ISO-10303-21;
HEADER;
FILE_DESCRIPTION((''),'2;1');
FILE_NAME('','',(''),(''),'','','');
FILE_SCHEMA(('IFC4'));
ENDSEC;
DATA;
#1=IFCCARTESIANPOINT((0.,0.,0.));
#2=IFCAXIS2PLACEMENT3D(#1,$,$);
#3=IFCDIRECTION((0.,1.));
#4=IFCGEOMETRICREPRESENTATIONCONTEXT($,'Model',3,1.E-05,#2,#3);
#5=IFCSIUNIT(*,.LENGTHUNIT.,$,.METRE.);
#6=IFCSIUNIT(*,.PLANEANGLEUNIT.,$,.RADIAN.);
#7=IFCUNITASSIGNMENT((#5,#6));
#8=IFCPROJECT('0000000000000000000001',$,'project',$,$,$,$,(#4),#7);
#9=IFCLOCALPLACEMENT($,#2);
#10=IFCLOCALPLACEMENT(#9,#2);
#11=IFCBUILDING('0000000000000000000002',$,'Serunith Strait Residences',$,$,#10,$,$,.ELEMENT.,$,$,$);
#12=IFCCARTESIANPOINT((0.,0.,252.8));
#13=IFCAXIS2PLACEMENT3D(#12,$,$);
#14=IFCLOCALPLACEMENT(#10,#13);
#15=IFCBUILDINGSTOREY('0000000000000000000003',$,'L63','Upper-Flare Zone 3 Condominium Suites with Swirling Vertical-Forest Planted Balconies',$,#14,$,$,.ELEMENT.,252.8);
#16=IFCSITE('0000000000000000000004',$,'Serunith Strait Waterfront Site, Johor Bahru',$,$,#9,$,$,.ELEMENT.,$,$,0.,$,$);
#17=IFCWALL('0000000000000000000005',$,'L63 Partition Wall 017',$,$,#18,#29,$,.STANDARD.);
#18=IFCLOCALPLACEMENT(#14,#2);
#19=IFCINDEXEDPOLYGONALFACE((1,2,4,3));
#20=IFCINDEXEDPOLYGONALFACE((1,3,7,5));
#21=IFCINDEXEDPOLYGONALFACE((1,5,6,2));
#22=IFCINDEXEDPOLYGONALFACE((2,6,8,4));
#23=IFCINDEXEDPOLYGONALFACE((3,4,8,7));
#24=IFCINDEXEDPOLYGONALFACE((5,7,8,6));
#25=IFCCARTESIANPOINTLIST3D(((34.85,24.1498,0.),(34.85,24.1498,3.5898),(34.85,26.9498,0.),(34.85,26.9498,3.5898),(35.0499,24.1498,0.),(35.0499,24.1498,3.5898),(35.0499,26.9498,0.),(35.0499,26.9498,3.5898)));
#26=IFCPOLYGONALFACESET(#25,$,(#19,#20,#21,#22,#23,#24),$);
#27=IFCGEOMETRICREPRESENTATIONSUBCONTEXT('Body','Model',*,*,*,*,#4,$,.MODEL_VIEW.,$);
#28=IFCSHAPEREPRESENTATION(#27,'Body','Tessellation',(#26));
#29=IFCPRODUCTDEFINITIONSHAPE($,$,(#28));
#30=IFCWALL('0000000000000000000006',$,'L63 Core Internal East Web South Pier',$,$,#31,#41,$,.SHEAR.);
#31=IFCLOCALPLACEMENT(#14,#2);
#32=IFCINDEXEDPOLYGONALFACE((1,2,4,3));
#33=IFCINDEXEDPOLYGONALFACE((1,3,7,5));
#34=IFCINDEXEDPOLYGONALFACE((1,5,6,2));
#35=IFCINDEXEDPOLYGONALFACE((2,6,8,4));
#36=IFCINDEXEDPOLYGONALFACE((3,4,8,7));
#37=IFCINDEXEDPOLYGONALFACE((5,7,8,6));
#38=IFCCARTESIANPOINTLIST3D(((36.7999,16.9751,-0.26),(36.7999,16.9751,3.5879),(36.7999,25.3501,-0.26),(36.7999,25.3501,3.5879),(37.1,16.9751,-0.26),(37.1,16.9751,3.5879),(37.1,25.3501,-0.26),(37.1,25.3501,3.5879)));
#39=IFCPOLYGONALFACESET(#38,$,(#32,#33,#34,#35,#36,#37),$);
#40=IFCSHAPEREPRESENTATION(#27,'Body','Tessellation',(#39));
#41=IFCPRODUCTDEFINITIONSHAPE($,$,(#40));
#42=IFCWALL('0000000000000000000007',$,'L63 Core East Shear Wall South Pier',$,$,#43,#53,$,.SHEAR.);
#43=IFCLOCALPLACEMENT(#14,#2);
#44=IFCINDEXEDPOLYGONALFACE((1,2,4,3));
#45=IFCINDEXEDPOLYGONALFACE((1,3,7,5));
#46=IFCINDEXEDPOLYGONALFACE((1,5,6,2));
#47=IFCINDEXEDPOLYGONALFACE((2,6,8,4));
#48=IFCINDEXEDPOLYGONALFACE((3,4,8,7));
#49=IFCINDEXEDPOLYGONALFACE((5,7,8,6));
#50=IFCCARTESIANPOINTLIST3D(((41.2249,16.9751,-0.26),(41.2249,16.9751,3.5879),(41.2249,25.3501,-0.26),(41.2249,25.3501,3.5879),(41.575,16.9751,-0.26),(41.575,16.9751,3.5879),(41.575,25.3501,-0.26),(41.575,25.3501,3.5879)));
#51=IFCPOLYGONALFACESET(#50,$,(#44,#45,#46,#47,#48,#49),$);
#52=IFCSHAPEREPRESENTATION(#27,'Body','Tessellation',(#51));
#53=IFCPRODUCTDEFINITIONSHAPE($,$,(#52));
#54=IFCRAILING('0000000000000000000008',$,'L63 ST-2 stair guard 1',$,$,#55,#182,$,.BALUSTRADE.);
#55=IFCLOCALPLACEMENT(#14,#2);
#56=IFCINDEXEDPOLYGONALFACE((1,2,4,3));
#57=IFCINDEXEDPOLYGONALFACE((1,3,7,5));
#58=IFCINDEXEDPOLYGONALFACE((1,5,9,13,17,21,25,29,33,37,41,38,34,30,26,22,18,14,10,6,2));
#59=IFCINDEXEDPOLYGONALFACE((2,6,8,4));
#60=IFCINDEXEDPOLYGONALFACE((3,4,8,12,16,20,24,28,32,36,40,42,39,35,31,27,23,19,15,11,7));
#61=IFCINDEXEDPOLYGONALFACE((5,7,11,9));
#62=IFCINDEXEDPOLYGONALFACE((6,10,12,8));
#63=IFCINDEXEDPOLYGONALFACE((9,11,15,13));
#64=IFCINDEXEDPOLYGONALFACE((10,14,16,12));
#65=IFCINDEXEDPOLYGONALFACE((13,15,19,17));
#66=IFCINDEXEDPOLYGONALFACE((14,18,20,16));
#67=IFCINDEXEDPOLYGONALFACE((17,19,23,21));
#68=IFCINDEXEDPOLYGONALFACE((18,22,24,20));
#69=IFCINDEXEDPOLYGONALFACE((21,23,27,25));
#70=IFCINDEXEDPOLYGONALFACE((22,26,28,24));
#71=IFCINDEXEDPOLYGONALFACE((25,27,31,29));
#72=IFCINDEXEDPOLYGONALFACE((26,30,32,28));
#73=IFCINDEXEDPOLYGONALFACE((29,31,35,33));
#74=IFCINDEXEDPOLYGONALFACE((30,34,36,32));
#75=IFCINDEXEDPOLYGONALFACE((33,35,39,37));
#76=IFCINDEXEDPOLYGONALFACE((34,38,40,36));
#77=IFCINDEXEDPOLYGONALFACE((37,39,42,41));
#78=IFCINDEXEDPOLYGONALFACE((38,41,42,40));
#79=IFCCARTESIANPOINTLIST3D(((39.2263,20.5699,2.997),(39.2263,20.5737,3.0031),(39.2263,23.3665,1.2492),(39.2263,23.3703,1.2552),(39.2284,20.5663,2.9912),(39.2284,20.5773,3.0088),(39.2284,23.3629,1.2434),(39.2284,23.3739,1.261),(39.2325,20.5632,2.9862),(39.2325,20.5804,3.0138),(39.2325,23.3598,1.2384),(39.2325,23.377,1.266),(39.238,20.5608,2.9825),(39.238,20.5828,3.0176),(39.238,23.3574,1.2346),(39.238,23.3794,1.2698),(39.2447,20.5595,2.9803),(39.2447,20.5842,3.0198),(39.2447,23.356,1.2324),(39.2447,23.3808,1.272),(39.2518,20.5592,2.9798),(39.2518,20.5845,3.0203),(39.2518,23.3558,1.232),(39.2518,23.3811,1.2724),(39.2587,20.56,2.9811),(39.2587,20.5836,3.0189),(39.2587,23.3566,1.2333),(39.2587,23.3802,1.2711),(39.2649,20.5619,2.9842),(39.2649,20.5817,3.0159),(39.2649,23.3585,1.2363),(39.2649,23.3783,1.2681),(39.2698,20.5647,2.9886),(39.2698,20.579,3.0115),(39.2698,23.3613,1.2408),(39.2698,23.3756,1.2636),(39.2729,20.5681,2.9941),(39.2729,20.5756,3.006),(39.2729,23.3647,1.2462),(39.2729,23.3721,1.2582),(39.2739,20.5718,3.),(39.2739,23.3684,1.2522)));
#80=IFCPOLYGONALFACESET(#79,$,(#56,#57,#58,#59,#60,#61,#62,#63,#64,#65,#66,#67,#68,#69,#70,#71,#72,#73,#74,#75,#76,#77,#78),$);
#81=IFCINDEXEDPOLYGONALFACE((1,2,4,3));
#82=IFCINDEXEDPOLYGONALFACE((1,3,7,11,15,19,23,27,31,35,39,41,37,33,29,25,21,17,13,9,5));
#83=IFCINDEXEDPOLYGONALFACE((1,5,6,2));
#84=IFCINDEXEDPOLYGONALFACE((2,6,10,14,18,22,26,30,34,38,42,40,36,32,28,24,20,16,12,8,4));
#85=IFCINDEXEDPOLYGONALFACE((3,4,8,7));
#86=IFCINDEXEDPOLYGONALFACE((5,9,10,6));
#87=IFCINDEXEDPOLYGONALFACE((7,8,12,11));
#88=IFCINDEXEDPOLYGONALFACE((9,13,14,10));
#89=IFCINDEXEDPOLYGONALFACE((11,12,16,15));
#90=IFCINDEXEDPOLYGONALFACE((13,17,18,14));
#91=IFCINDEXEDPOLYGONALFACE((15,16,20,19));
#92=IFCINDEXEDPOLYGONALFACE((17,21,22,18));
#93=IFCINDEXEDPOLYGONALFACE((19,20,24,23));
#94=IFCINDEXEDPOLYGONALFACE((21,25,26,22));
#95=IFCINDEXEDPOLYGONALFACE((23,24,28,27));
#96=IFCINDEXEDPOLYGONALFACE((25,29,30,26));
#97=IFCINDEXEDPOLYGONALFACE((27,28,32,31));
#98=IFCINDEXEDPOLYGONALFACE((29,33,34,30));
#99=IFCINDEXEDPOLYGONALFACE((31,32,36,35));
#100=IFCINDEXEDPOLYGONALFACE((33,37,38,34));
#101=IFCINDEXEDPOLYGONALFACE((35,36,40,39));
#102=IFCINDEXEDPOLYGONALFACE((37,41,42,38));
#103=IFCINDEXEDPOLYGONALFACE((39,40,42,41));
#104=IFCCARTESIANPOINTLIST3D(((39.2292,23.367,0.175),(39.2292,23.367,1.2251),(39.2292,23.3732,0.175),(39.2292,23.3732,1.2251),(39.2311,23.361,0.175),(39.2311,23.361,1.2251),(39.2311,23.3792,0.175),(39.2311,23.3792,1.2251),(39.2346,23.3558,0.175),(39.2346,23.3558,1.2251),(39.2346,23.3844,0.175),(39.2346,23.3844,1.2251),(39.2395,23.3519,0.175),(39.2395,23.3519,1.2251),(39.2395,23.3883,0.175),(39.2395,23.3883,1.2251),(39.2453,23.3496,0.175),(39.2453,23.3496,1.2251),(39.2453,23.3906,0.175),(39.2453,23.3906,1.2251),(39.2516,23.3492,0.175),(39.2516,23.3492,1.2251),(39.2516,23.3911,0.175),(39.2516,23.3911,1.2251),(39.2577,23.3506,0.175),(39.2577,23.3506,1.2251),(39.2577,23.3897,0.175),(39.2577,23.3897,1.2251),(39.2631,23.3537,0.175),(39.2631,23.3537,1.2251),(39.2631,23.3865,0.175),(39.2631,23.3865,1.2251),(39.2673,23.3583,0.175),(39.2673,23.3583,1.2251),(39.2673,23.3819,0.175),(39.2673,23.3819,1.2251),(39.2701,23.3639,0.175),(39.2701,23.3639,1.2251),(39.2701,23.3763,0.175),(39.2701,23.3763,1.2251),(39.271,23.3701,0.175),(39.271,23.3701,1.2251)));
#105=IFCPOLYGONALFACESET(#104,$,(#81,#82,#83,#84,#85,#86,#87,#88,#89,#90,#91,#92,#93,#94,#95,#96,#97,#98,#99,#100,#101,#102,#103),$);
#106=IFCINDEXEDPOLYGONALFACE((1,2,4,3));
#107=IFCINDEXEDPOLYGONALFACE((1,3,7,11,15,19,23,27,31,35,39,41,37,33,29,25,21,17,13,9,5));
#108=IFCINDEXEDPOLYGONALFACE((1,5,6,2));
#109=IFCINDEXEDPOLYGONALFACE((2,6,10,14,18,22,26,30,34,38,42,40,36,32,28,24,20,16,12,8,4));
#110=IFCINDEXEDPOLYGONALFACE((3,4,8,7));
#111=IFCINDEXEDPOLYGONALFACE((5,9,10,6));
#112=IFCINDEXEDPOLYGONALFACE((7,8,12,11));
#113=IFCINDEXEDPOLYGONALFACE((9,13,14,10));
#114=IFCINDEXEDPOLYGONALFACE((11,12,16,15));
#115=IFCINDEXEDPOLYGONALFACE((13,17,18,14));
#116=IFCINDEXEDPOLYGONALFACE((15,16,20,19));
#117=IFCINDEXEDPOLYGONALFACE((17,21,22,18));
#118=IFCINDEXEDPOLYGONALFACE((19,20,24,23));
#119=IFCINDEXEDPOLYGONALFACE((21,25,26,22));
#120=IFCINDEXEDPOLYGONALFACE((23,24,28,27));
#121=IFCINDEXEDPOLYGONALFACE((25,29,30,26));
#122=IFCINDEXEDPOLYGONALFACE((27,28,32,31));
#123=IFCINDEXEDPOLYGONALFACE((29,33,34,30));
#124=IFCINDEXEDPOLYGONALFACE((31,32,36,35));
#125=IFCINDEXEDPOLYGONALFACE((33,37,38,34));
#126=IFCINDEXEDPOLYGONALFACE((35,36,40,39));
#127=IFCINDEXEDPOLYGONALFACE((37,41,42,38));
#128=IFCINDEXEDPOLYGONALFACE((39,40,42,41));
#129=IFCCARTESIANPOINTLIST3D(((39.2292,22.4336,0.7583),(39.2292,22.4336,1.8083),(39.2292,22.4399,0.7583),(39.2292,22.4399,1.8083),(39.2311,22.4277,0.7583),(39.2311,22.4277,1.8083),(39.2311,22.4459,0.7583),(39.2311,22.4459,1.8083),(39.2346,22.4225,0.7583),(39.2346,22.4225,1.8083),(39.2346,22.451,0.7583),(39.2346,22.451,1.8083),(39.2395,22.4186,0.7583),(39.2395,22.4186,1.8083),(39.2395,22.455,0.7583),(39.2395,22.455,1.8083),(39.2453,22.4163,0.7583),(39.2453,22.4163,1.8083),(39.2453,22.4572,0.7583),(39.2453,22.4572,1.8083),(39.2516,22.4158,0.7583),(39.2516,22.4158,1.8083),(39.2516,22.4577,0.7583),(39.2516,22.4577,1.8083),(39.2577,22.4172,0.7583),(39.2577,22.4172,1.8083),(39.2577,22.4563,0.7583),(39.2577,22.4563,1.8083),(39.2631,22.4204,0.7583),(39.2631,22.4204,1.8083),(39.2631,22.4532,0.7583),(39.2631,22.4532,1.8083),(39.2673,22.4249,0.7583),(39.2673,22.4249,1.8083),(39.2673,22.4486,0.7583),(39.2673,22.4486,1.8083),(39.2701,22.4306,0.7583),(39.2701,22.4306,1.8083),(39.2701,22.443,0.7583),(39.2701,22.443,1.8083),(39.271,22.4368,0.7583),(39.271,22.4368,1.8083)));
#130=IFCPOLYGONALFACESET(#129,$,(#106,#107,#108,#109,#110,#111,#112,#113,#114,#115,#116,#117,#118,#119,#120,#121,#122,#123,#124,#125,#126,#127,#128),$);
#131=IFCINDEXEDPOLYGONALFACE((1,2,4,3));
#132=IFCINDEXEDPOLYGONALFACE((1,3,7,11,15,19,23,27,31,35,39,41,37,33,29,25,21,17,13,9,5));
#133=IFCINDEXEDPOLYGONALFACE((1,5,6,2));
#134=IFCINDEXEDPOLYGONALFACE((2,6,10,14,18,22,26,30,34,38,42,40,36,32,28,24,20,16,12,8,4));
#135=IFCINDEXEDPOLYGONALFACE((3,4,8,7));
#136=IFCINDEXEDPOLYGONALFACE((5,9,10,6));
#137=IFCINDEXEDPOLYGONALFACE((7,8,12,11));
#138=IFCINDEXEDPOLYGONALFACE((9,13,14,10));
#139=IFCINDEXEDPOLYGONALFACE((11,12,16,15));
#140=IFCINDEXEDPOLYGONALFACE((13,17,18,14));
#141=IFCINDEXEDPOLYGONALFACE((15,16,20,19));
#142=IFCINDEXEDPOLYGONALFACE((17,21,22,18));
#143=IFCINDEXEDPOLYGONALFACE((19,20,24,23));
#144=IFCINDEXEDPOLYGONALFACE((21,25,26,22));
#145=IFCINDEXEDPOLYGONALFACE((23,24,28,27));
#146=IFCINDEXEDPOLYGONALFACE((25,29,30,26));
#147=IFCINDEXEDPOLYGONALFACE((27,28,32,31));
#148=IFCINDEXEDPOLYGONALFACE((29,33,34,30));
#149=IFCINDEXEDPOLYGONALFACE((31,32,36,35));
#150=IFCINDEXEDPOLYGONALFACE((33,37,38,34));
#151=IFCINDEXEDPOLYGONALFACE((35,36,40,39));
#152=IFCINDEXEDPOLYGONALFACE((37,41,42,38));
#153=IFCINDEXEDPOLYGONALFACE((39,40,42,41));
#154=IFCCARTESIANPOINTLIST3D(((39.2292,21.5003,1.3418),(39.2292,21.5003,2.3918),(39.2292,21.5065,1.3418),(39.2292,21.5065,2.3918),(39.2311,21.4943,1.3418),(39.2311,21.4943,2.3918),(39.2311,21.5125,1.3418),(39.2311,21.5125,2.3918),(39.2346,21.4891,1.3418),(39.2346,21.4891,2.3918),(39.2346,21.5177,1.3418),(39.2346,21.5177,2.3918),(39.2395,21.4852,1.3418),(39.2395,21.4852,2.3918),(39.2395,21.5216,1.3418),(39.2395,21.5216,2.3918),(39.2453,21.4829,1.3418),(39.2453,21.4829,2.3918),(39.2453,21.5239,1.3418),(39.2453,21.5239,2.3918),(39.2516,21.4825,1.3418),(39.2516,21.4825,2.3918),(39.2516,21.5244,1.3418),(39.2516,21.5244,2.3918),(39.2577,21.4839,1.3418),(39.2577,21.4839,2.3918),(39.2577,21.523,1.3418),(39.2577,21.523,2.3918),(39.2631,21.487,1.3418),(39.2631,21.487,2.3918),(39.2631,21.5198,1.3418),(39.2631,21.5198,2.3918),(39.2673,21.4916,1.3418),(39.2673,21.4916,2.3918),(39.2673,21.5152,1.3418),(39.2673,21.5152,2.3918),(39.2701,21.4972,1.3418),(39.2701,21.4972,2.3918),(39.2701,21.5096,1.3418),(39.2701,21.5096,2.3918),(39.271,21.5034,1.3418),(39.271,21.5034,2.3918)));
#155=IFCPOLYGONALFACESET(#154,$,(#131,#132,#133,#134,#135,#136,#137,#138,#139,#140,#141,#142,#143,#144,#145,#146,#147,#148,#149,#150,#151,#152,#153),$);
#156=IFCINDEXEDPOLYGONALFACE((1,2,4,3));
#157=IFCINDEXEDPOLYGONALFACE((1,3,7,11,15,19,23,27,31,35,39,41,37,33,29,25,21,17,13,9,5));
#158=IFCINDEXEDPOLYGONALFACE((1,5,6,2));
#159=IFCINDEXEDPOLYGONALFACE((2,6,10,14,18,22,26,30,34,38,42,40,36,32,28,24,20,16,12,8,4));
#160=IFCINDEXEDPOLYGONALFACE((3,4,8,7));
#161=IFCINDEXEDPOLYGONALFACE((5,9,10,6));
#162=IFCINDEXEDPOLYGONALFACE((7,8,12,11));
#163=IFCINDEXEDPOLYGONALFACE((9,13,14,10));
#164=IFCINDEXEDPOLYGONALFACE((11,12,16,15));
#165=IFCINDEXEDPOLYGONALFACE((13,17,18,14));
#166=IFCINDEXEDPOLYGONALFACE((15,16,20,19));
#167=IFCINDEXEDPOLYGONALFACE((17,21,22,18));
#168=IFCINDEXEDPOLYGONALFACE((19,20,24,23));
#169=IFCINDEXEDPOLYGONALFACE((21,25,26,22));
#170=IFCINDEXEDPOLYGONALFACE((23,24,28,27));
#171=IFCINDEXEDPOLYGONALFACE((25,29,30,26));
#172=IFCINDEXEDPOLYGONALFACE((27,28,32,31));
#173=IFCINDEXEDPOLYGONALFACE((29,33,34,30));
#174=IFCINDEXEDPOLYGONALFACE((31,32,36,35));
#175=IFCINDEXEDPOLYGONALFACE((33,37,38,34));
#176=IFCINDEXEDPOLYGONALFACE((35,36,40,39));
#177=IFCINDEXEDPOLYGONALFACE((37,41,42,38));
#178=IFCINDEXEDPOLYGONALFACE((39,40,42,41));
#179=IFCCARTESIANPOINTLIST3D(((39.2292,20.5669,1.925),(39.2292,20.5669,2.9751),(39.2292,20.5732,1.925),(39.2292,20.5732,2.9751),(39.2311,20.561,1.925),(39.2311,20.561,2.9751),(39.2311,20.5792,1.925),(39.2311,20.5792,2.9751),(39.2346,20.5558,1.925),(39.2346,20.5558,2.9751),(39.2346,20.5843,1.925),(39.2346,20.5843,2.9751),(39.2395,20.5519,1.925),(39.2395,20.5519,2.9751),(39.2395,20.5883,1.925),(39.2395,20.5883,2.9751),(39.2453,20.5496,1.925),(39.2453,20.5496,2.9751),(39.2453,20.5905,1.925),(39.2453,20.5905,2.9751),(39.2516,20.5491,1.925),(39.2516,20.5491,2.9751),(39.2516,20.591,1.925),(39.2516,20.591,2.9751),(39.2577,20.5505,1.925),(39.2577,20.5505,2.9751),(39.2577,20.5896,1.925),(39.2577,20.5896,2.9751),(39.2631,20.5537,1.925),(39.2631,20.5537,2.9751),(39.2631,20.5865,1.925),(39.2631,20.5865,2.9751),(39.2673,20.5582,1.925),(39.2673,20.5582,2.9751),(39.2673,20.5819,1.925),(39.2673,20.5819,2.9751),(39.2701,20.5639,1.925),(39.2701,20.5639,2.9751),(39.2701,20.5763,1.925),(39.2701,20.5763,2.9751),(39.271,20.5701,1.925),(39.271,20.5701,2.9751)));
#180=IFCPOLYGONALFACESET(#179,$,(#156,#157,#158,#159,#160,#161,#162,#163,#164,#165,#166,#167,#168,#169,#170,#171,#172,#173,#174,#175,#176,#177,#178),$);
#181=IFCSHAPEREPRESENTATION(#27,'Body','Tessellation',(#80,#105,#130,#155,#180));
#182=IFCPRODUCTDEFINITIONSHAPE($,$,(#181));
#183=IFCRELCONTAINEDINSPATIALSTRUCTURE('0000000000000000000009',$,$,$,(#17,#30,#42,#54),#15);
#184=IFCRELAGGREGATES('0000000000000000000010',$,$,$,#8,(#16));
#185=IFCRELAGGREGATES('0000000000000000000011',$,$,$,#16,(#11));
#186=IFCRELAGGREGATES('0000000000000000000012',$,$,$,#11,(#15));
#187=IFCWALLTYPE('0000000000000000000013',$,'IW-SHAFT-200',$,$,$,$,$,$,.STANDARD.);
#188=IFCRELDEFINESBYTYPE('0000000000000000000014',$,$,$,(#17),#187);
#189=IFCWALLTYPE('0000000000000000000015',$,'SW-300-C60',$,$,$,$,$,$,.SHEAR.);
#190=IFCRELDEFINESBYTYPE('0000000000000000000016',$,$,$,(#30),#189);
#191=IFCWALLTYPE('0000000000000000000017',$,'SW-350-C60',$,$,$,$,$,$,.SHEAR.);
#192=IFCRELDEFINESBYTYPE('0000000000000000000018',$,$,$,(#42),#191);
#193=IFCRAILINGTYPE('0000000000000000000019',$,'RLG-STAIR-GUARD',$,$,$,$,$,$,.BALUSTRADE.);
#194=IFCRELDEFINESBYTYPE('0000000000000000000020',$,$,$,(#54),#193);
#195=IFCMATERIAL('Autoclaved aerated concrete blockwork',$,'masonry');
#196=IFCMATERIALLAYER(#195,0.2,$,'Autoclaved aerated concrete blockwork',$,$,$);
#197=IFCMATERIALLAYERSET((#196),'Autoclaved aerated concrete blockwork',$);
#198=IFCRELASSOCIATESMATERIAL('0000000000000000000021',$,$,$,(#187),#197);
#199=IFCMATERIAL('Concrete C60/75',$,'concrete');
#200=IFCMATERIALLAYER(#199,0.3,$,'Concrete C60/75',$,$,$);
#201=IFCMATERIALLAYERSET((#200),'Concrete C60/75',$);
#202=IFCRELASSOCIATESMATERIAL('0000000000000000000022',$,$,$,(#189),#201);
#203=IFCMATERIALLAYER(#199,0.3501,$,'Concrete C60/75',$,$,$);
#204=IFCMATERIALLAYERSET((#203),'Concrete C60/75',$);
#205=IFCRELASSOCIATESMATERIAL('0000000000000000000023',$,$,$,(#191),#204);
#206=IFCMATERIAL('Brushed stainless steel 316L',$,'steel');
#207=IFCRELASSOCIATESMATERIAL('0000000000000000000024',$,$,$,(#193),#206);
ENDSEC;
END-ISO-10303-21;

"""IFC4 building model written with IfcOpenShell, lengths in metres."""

from ifc_helpers import new_model, si_unit, direction, frame, frame_2d, origin, origin_2d, place, context, subcontext, project, spatial, rectangle, circle, extrude, material, layer, layer_set, type_object, element, save


model = new_model("IFC4")

# Units and contexts
model_context = context("Model", 3, precision=1e-05, world=origin(), true_north=direction((0.0, 1.0)))
body_context = subcontext(model_context, "Body", "Model", "MODEL_VIEW")
ifc_project = project(units=[si_unit("LENGTHUNIT", "METRE"), si_unit("PLANEANGLEUNIT", "RADIAN")], contexts=[model_context])

# Site, building, storey
site_placement = place(None, origin())
site = spatial("IfcSite", under=ifc_project, at=site_placement, Name="Serunith Strait Waterfront Site, Johor Bahru", CompositionType="ELEMENT", RefElevation=0.0)
building_placement = place(site_placement, origin())
building = spatial("IfcBuilding", under=site, at=building_placement, Name="Serunith Strait Residences", CompositionType="ELEMENT")
storey_placement = place(building_placement, frame((0.0, 0.0, 252.8)))
storey = spatial("IfcBuildingStorey", under=building, at=storey_placement, Name="L63", Description="Upper-Flare Zone 3 Condominium Suites with Swirling Vertical-Forest Planted Balconies", CompositionType="ELEMENT", Elevation=252.8)

# Shared definitions
ifc_material_1 = material(Name="Concrete C60/75", Category="concrete")

# Shared definitions
ifc_material_2 = material(Name="Autoclaved aerated concrete blockwork", Category="masonry")
ifc_layer_1 = layer(ifc_material_2, 0.2, Name="Autoclaved aerated concrete blockwork")
ifc_layer_set_1 = layer_set([ifc_layer_1], Name="Autoclaved aerated concrete blockwork")
wall_type_1 = type_object("IfcWallType", Name="IW-SHAFT-200", PredefinedType="STANDARD", material=ifc_layer_set_1)

# Walls
wall_1_placement = place(storey_placement, frame((34.95, 24.1499, 0.0), z_axis=(0.0, 0.0, 1.0), x_axis=(0.0, 1.0, 0.0)))
element("IfcWall", 1, at=wall_1_placement, inside=storey, type_object=wall_type_1, Name="L63 Partition Wall 017", PredefinedType="STANDARD", context=body_context, shape_type="SweptSolid", body=[
    extrude(rectangle(XDim=2.8, YDim=0.2, at=frame_2d((1.3999, 0.0))), origin(), (0.0, 0.0, 1.0), 3.5898),
])
ifc_layer_2 = layer(ifc_material_1, 0.3, Name="Concrete C60/75")
ifc_layer_set_2 = layer_set([ifc_layer_2], Name="Concrete C60/75")
wall_type_2 = type_object("IfcWallType", Name="SW-300-C60", PredefinedType="SHEAR", material=ifc_layer_set_2)
wall_2_placement = place(storey_placement, frame((36.95, 16.9751, -0.26), z_axis=(0.0, 0.0, 1.0), x_axis=(0.0, 1.0, 0.0)))
element("IfcWall", 2, at=wall_2_placement, inside=storey, type_object=wall_type_2, Name="L63 Core Internal East Web South Pier", PredefinedType="SHEAR", context=body_context, shape_type="SweptSolid", body=[
    extrude(rectangle(XDim=8.375, YDim=0.3, at=frame_2d((4.1875, 0.0))), origin(), (0.0, 0.0, 1.0), 3.8479),
])
ifc_layer_3 = layer(ifc_material_1, 0.3501, Name="Concrete C60/75")
ifc_layer_set_3 = layer_set([ifc_layer_3], Name="Concrete C60/75")
wall_type_3 = type_object("IfcWallType", Name="SW-350-C60", PredefinedType="SHEAR", material=ifc_layer_set_3)
wall_3_placement = place(storey_placement, frame((41.3999, 16.9751, -0.26), z_axis=(0.0, 0.0, 1.0), x_axis=(0.0, 1.0, 0.0)))
element("IfcWall", 3, at=wall_3_placement, inside=storey, type_object=wall_type_3, Name="L63 Core East Shear Wall South Pier", PredefinedType="SHEAR", context=body_context, shape_type="SweptSolid", body=[
    extrude(rectangle(XDim=8.375, YDim=0.3501, at=frame_2d((4.1875, 0.0))), origin(), (0.0, 0.0, 1.0), 3.8479),
])

# Railing
ifc_material_3 = material(Name="Brushed stainless steel 316L", Category="steel")
railing_type_1 = type_object("IfcRailingType", Name="RLG-STAIR-GUARD", PredefinedType="BALUSTRADE", material=ifc_material_3)
railing_1_placement = place(storey_placement, frame((39.25, 23.3701, 0.175)))
element("IfcRailing", 4, at=railing_1_placement, inside=storey, type_object=railing_type_1, Name="L63 ST-2 stair guard 1", PredefinedType="BALUSTRADE", context=body_context, shape_type="SweptSolid", body=[
    extrude(circle(Radius=0.0239, at=origin_2d()), frame((0.0, -0.0017, 1.0771), z_axis=(0.0, -0.848002, 0.529992), x_axis=(1.0, 0.0, 0.0)), (0.0, 0.0, 1.0), 3.2979),
    extrude(circle(Radius=0.021, at=origin_2d()), origin(), (0.0, 0.0, 1.0), 1.05),
    extrude(circle(Radius=0.021, at=origin_2d()), frame((0.0, -0.9333, 0.5833)), (0.0, 0.0, 1.0), 1.05),
    extrude(circle(Radius=0.021, at=origin_2d()), frame((0.0, -1.8667, 1.1667)), (0.0, 0.0, 1.0), 1.05),
    extrude(circle(Radius=0.021, at=origin_2d()), frame((0.0, -2.8, 1.75)), (0.0, 0.0, 1.0), 1.05),
])

save(model, "model.ifc")
